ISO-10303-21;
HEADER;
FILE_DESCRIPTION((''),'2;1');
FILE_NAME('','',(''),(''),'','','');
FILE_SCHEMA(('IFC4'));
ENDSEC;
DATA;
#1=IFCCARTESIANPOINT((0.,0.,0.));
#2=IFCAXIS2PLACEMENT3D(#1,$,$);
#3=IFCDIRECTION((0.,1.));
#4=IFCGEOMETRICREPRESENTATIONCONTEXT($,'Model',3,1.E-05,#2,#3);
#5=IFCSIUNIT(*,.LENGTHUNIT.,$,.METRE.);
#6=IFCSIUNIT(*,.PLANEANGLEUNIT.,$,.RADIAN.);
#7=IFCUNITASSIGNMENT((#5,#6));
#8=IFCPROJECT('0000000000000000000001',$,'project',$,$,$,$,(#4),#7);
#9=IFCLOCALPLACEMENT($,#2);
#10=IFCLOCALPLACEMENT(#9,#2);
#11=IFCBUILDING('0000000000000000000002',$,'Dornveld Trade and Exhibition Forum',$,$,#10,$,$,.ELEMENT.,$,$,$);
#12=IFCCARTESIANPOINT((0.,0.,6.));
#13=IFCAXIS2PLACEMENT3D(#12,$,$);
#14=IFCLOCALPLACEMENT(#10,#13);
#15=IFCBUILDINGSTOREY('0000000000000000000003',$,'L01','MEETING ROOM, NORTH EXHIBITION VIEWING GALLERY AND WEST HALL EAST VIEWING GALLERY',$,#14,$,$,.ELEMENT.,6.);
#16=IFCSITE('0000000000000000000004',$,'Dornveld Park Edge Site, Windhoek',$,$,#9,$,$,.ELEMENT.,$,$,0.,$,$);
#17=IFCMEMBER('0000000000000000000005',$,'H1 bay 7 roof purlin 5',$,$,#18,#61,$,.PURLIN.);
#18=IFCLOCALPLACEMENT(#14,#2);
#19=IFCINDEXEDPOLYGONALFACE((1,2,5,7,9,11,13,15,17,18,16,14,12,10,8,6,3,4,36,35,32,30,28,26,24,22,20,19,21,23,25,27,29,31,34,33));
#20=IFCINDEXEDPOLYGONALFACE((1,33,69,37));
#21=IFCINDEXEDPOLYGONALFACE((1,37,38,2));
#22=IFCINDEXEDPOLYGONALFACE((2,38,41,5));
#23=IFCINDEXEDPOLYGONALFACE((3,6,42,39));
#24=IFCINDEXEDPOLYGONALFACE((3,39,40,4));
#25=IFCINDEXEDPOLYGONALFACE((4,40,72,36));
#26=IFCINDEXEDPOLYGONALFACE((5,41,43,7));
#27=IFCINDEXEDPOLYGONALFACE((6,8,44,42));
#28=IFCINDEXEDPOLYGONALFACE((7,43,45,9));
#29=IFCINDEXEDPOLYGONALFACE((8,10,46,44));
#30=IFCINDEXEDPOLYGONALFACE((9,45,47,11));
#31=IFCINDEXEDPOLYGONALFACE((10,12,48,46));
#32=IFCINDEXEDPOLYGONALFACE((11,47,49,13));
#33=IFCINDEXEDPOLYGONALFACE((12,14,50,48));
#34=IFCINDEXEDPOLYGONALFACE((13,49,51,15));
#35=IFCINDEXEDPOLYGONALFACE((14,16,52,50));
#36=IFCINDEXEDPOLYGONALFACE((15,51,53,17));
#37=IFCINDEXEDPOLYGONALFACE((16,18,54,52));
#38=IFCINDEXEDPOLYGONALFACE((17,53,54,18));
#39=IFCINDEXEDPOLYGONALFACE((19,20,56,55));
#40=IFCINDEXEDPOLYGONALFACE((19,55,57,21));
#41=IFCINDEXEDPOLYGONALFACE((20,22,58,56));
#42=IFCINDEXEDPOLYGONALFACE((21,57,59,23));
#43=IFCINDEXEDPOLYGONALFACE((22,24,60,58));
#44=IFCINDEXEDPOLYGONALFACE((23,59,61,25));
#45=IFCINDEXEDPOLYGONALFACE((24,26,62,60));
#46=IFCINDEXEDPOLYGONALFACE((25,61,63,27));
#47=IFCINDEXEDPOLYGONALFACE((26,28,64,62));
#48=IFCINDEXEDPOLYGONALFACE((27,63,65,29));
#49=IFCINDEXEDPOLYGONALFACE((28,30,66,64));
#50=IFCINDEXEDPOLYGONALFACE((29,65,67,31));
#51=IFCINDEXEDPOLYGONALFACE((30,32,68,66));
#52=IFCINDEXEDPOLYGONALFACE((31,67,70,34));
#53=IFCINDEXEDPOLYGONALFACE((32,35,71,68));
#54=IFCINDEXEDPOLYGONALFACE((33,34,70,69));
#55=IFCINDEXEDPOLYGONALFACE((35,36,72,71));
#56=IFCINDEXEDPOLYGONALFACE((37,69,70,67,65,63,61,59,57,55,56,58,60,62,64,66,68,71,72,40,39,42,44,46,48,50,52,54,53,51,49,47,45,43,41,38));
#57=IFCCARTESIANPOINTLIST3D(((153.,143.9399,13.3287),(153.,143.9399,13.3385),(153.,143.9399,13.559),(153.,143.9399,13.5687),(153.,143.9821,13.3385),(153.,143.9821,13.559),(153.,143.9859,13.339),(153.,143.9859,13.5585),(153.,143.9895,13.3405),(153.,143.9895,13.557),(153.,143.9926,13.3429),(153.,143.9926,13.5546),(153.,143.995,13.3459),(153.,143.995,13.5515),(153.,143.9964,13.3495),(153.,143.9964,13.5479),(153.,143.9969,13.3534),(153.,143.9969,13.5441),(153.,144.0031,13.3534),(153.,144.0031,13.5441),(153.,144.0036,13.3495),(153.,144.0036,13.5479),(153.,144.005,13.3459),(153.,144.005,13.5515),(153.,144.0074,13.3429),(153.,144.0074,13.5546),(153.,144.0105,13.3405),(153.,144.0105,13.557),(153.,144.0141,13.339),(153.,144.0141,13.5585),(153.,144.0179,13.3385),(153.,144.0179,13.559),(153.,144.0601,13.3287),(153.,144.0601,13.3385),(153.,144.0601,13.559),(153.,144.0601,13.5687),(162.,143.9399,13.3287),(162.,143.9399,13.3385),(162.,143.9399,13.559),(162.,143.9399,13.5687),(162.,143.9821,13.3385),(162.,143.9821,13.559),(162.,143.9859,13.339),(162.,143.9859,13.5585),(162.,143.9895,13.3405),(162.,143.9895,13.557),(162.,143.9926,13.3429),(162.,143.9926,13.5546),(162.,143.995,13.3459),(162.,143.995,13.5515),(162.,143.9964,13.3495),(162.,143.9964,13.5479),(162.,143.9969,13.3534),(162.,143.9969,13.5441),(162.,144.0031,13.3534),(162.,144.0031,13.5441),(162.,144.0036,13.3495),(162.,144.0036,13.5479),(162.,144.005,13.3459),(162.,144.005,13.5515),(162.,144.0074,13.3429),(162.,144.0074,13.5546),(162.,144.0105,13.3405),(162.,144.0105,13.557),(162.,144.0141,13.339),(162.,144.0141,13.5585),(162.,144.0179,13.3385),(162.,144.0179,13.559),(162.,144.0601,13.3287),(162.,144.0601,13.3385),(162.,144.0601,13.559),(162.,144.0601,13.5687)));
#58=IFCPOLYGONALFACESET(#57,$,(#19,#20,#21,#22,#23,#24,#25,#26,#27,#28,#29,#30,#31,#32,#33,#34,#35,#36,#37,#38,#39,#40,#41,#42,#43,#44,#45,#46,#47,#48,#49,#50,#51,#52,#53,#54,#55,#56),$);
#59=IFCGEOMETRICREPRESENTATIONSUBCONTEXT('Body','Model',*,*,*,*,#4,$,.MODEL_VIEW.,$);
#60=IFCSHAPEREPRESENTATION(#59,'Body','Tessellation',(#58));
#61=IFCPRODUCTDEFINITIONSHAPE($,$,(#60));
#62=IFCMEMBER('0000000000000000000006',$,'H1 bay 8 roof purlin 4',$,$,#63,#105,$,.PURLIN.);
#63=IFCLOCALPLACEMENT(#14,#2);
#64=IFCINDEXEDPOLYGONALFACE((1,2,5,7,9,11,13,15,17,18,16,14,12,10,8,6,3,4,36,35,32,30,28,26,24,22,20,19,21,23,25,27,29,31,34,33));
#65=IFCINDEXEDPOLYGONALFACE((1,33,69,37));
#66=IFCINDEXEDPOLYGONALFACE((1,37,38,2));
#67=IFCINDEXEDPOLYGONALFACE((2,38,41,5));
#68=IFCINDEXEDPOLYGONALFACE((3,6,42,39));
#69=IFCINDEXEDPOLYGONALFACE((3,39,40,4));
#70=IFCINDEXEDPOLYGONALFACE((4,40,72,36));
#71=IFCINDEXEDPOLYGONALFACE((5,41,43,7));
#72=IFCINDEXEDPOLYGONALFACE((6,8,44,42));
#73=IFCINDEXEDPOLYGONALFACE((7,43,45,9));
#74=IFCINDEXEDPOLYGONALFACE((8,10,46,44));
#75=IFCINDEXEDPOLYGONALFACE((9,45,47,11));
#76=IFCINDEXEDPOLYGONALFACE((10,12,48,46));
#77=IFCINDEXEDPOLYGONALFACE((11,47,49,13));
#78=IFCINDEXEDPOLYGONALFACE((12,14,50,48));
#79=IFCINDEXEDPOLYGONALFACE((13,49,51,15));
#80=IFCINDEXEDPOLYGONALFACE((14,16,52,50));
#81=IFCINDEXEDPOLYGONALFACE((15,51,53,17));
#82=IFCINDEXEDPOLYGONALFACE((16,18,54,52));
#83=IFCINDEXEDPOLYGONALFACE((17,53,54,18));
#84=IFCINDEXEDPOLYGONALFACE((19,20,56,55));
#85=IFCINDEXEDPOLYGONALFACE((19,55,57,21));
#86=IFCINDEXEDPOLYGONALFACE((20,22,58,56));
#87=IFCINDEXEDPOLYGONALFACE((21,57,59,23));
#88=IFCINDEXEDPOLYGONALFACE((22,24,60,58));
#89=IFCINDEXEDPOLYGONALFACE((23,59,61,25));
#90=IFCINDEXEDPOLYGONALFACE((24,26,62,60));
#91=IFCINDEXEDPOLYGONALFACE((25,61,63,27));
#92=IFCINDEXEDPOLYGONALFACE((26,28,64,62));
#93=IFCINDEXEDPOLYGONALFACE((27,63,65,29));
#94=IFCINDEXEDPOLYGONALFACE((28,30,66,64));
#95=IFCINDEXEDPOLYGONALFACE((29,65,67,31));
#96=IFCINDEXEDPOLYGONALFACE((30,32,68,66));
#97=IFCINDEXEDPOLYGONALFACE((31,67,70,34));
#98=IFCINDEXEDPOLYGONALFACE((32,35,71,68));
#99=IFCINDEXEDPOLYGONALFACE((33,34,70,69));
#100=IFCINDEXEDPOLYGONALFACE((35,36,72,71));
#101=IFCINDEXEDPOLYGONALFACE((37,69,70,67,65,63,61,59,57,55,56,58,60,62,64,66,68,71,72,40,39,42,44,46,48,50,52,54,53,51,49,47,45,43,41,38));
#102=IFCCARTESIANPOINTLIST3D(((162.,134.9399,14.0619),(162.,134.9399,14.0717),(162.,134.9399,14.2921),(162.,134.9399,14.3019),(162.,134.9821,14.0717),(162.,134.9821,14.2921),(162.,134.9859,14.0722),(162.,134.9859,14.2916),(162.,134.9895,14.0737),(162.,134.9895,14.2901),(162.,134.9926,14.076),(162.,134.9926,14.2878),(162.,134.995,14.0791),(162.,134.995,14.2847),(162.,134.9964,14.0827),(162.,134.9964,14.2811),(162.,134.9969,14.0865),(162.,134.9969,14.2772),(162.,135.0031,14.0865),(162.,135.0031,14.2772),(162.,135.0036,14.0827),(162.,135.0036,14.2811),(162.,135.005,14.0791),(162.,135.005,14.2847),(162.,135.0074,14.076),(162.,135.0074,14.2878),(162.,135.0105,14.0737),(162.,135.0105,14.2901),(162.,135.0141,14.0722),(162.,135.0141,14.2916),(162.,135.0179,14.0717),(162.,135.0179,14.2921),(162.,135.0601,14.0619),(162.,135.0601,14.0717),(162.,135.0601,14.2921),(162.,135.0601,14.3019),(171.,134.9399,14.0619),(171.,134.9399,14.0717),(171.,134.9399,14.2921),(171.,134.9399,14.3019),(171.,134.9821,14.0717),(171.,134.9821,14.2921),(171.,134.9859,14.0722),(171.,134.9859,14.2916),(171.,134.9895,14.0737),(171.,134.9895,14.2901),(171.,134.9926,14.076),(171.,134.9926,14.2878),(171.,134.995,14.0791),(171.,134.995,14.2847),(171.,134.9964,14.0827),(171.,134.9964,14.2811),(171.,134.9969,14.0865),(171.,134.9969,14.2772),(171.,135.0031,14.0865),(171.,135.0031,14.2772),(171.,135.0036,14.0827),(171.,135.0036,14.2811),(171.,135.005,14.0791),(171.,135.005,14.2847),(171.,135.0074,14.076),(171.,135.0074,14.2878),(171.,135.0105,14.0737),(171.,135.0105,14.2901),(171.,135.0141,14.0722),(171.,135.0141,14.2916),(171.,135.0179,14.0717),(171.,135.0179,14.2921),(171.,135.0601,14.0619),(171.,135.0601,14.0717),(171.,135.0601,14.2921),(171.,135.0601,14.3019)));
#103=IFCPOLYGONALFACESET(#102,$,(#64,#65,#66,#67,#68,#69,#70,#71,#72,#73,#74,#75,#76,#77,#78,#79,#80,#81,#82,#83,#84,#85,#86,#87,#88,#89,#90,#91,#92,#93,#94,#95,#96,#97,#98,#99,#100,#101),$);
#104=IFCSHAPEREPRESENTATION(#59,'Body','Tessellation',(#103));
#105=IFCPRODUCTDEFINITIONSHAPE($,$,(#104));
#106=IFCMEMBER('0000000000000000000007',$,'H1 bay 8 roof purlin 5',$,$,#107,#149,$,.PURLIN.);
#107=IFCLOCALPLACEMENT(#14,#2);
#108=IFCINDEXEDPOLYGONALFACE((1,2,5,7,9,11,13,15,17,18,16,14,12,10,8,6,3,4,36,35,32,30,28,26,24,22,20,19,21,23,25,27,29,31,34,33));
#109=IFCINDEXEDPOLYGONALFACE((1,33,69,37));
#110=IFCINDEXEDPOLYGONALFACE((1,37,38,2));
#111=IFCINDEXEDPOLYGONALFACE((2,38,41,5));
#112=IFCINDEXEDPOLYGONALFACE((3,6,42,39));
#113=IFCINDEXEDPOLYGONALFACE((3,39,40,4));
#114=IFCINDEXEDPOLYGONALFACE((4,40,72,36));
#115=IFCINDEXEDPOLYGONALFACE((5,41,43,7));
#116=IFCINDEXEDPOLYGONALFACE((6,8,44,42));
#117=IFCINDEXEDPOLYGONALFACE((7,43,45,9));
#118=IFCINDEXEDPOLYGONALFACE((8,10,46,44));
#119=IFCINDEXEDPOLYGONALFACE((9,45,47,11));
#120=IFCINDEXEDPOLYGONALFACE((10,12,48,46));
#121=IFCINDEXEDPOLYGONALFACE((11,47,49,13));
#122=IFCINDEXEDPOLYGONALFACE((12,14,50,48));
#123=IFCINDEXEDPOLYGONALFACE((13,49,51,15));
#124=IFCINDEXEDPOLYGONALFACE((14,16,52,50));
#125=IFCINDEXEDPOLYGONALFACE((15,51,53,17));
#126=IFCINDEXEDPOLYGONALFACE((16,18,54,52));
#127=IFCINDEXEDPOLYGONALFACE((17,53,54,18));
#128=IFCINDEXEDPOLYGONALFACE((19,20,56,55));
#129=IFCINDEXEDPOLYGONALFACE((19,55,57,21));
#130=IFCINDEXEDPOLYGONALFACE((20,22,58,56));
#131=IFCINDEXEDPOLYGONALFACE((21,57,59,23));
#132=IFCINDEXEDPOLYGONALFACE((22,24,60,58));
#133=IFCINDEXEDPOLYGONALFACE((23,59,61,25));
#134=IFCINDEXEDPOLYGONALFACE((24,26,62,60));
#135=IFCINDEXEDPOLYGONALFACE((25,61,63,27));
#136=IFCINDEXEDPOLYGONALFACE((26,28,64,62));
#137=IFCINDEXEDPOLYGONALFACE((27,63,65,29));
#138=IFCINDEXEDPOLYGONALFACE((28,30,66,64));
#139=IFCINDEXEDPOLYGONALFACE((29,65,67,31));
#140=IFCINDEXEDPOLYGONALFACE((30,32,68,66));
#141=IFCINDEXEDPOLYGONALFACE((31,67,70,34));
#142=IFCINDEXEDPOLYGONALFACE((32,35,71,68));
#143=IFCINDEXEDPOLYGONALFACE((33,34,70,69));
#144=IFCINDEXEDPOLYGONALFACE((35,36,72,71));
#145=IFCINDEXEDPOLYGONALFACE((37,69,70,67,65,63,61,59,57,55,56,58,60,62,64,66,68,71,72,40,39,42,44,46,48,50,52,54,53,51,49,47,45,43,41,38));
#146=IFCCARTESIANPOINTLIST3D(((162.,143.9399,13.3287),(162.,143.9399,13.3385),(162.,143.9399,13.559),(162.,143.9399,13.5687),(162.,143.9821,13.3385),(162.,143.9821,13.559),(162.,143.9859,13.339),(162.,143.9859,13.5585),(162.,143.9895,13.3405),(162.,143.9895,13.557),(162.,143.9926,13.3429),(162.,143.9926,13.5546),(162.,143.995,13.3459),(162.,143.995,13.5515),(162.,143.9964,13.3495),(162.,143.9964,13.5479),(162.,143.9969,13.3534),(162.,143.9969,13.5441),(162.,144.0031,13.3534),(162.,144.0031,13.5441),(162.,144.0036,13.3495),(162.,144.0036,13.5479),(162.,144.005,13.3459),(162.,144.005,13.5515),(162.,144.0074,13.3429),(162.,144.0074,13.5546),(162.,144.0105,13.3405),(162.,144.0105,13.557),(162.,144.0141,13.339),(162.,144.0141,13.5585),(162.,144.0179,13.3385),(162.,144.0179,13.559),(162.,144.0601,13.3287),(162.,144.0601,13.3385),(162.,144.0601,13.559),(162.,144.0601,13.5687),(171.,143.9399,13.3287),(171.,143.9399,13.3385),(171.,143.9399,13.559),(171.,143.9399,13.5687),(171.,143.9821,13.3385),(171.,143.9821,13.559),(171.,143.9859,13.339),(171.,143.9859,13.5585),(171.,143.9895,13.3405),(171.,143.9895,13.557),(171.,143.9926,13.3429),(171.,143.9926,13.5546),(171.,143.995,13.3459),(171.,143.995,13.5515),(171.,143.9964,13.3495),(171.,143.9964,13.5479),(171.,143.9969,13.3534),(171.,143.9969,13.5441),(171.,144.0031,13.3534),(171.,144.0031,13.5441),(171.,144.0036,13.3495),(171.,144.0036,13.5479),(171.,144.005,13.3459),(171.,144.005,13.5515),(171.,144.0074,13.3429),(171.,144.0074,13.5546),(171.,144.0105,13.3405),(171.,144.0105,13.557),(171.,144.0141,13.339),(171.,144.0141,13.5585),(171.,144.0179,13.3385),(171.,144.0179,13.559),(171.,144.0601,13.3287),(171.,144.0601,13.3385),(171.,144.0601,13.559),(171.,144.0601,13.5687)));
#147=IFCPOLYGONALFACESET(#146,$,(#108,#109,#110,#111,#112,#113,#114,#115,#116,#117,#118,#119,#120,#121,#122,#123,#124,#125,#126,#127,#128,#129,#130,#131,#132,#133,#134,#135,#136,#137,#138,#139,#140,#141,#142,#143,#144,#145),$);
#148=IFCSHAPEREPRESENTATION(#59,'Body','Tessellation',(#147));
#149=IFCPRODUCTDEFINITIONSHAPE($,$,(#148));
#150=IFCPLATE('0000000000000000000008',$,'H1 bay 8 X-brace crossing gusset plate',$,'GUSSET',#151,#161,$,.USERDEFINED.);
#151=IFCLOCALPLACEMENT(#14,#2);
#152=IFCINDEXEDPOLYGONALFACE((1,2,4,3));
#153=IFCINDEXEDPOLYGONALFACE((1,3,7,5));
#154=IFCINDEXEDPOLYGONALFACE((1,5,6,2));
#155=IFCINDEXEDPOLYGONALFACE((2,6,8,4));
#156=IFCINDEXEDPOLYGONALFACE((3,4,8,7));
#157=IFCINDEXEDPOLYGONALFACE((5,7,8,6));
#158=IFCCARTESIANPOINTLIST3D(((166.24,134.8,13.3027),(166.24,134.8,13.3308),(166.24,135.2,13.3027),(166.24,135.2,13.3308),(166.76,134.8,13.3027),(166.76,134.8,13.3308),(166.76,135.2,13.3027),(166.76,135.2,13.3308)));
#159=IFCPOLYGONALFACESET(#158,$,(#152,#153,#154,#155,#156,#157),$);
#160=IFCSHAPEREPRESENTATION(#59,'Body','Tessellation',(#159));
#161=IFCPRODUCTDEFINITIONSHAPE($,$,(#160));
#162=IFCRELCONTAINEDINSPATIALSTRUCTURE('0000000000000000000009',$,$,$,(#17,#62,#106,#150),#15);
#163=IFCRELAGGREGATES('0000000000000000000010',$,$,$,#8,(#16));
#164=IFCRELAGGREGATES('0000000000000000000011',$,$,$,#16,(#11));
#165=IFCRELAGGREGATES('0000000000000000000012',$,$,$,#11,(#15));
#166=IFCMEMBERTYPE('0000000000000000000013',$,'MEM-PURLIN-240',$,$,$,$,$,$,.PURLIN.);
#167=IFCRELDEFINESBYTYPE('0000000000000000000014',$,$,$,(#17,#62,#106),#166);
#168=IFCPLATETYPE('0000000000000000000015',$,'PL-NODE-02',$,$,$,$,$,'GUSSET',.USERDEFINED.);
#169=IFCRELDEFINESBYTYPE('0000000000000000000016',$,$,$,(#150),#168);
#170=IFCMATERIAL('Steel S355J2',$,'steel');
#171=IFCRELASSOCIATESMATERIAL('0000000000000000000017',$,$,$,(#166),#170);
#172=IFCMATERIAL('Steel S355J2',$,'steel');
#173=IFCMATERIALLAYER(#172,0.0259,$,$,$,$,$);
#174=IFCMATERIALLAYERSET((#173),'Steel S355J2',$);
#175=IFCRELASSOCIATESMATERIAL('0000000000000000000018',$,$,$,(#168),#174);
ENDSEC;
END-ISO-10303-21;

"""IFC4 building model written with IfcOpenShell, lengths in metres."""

from ifc_helpers import new_model, si_unit, direction, frame, origin, origin_2d, place, context, subcontext, project, spatial, rectangle, i_section, extrude, material, layer, layer_set, material_profile, profile_set, type_object, element, save


model = new_model("IFC4")

# Units and contexts
model_context = context("Model", 3, precision=1e-05, world=origin(), true_north=direction((0.0, 1.0)))
body_context = subcontext(model_context, "Body", "Model", "MODEL_VIEW")
ifc_project = project(units=[si_unit("LENGTHUNIT", "METRE"), si_unit("PLANEANGLEUNIT", "RADIAN")], contexts=[model_context])

# Site, building, storey
site_placement = place(None, origin())
site = spatial("IfcSite", under=ifc_project, at=site_placement, Name="Dornveld Park Edge Site, Windhoek", CompositionType="ELEMENT", RefElevation=0.0)
building_placement = place(site_placement, origin())
building = spatial("IfcBuilding", under=site, at=building_placement, Name="Dornveld Trade and Exhibition Forum", CompositionType="ELEMENT")
storey_placement = place(building_placement, frame((0.0, 0.0, 6.0)))
storey = spatial("IfcBuildingStorey", under=building, at=storey_placement, Name="L01", Description="MEETING ROOM, NORTH EXHIBITION VIEWING GALLERY AND WEST HALL EAST VIEWING GALLERY", CompositionType="ELEMENT", Elevation=6.0)

# Members
ifc_material_1 = material(Name="Steel S355J2", Category="steel")
ifc_material_profile_1 = material_profile(ifc_material_1, i_section(OverallWidth=0.1201, OverallDepth=0.24, WebThickness=0.0061, FlangeThickness=0.0098, FilletRadius=0.0149, at=origin_2d()), Name="IPE 240")
ifc_profile_set_1 = profile_set([ifc_material_profile_1], Name="Steel S355J2")
member_type_1 = type_object("IfcMemberType", Name="MEM-PURLIN-240", PredefinedType="PURLIN", material=ifc_profile_set_1)
for number, where, z_axis, x_axis, name in (
    (1, (153.0, 144.0, 13.4487), (1.0, 0.0, 0.0), (0.0, 1.0, 0.0), "H1 bay 7 roof purlin 5"),
    (2, (162.0, 135.0, 14.1819), (1.0, 0.0, 0.0), (0.0, 1.0, 0.0), "H1 bay 8 roof purlin 4"),
    (3, (162.0, 144.0, 13.4487), (1.0, 0.0, 0.0), (0.0, 1.0, 0.0), "H1 bay 8 roof purlin 5"),
):
    element("IfcMember", number, at=place(storey_placement, frame(where, z_axis=z_axis, x_axis=x_axis)), inside=storey, type_object=member_type_1, Name=name, PredefinedType="PURLIN", context=body_context, shape_type="SweptSolid", body=[
        extrude(i_section(OverallWidth=0.1201, OverallDepth=0.24, WebThickness=0.0061, FlangeThickness=0.0098, FilletRadius=0.0149, at=origin_2d()), origin(), (0.0, 0.0, 1.0), 9.0),
    ])

# Plate
ifc_material_2 = material(Name="Steel S355J2", Category="steel")
ifc_layer = layer(ifc_material_2, 0.0259)
ifc_layer_set = layer_set([ifc_layer], Name="Steel S355J2")
plate_type = type_object("IfcPlateType", Name="PL-NODE-02", ElementType="GUSSET", PredefinedType="USERDEFINED", material=ifc_layer_set)
plate_placement = place(storey_placement, frame((166.5, 135.0, 13.3027), z_axis=(0.0, 0.0, 1.0), x_axis=(1.0, 0.0, 0.0)))
element("IfcPlate", 4, at=plate_placement, inside=storey, type_object=plate_type, Name="H1 bay 8 X-brace crossing gusset plate", ObjectType="GUSSET", PredefinedType="USERDEFINED", context=body_context, shape_type="SweptSolid", body=[
    extrude(rectangle(XDim=0.52, YDim=0.3999, at=origin_2d()), origin(), (0.0, 0.0, 1.0), 0.0281),
])

save(model, "model.ifc")
